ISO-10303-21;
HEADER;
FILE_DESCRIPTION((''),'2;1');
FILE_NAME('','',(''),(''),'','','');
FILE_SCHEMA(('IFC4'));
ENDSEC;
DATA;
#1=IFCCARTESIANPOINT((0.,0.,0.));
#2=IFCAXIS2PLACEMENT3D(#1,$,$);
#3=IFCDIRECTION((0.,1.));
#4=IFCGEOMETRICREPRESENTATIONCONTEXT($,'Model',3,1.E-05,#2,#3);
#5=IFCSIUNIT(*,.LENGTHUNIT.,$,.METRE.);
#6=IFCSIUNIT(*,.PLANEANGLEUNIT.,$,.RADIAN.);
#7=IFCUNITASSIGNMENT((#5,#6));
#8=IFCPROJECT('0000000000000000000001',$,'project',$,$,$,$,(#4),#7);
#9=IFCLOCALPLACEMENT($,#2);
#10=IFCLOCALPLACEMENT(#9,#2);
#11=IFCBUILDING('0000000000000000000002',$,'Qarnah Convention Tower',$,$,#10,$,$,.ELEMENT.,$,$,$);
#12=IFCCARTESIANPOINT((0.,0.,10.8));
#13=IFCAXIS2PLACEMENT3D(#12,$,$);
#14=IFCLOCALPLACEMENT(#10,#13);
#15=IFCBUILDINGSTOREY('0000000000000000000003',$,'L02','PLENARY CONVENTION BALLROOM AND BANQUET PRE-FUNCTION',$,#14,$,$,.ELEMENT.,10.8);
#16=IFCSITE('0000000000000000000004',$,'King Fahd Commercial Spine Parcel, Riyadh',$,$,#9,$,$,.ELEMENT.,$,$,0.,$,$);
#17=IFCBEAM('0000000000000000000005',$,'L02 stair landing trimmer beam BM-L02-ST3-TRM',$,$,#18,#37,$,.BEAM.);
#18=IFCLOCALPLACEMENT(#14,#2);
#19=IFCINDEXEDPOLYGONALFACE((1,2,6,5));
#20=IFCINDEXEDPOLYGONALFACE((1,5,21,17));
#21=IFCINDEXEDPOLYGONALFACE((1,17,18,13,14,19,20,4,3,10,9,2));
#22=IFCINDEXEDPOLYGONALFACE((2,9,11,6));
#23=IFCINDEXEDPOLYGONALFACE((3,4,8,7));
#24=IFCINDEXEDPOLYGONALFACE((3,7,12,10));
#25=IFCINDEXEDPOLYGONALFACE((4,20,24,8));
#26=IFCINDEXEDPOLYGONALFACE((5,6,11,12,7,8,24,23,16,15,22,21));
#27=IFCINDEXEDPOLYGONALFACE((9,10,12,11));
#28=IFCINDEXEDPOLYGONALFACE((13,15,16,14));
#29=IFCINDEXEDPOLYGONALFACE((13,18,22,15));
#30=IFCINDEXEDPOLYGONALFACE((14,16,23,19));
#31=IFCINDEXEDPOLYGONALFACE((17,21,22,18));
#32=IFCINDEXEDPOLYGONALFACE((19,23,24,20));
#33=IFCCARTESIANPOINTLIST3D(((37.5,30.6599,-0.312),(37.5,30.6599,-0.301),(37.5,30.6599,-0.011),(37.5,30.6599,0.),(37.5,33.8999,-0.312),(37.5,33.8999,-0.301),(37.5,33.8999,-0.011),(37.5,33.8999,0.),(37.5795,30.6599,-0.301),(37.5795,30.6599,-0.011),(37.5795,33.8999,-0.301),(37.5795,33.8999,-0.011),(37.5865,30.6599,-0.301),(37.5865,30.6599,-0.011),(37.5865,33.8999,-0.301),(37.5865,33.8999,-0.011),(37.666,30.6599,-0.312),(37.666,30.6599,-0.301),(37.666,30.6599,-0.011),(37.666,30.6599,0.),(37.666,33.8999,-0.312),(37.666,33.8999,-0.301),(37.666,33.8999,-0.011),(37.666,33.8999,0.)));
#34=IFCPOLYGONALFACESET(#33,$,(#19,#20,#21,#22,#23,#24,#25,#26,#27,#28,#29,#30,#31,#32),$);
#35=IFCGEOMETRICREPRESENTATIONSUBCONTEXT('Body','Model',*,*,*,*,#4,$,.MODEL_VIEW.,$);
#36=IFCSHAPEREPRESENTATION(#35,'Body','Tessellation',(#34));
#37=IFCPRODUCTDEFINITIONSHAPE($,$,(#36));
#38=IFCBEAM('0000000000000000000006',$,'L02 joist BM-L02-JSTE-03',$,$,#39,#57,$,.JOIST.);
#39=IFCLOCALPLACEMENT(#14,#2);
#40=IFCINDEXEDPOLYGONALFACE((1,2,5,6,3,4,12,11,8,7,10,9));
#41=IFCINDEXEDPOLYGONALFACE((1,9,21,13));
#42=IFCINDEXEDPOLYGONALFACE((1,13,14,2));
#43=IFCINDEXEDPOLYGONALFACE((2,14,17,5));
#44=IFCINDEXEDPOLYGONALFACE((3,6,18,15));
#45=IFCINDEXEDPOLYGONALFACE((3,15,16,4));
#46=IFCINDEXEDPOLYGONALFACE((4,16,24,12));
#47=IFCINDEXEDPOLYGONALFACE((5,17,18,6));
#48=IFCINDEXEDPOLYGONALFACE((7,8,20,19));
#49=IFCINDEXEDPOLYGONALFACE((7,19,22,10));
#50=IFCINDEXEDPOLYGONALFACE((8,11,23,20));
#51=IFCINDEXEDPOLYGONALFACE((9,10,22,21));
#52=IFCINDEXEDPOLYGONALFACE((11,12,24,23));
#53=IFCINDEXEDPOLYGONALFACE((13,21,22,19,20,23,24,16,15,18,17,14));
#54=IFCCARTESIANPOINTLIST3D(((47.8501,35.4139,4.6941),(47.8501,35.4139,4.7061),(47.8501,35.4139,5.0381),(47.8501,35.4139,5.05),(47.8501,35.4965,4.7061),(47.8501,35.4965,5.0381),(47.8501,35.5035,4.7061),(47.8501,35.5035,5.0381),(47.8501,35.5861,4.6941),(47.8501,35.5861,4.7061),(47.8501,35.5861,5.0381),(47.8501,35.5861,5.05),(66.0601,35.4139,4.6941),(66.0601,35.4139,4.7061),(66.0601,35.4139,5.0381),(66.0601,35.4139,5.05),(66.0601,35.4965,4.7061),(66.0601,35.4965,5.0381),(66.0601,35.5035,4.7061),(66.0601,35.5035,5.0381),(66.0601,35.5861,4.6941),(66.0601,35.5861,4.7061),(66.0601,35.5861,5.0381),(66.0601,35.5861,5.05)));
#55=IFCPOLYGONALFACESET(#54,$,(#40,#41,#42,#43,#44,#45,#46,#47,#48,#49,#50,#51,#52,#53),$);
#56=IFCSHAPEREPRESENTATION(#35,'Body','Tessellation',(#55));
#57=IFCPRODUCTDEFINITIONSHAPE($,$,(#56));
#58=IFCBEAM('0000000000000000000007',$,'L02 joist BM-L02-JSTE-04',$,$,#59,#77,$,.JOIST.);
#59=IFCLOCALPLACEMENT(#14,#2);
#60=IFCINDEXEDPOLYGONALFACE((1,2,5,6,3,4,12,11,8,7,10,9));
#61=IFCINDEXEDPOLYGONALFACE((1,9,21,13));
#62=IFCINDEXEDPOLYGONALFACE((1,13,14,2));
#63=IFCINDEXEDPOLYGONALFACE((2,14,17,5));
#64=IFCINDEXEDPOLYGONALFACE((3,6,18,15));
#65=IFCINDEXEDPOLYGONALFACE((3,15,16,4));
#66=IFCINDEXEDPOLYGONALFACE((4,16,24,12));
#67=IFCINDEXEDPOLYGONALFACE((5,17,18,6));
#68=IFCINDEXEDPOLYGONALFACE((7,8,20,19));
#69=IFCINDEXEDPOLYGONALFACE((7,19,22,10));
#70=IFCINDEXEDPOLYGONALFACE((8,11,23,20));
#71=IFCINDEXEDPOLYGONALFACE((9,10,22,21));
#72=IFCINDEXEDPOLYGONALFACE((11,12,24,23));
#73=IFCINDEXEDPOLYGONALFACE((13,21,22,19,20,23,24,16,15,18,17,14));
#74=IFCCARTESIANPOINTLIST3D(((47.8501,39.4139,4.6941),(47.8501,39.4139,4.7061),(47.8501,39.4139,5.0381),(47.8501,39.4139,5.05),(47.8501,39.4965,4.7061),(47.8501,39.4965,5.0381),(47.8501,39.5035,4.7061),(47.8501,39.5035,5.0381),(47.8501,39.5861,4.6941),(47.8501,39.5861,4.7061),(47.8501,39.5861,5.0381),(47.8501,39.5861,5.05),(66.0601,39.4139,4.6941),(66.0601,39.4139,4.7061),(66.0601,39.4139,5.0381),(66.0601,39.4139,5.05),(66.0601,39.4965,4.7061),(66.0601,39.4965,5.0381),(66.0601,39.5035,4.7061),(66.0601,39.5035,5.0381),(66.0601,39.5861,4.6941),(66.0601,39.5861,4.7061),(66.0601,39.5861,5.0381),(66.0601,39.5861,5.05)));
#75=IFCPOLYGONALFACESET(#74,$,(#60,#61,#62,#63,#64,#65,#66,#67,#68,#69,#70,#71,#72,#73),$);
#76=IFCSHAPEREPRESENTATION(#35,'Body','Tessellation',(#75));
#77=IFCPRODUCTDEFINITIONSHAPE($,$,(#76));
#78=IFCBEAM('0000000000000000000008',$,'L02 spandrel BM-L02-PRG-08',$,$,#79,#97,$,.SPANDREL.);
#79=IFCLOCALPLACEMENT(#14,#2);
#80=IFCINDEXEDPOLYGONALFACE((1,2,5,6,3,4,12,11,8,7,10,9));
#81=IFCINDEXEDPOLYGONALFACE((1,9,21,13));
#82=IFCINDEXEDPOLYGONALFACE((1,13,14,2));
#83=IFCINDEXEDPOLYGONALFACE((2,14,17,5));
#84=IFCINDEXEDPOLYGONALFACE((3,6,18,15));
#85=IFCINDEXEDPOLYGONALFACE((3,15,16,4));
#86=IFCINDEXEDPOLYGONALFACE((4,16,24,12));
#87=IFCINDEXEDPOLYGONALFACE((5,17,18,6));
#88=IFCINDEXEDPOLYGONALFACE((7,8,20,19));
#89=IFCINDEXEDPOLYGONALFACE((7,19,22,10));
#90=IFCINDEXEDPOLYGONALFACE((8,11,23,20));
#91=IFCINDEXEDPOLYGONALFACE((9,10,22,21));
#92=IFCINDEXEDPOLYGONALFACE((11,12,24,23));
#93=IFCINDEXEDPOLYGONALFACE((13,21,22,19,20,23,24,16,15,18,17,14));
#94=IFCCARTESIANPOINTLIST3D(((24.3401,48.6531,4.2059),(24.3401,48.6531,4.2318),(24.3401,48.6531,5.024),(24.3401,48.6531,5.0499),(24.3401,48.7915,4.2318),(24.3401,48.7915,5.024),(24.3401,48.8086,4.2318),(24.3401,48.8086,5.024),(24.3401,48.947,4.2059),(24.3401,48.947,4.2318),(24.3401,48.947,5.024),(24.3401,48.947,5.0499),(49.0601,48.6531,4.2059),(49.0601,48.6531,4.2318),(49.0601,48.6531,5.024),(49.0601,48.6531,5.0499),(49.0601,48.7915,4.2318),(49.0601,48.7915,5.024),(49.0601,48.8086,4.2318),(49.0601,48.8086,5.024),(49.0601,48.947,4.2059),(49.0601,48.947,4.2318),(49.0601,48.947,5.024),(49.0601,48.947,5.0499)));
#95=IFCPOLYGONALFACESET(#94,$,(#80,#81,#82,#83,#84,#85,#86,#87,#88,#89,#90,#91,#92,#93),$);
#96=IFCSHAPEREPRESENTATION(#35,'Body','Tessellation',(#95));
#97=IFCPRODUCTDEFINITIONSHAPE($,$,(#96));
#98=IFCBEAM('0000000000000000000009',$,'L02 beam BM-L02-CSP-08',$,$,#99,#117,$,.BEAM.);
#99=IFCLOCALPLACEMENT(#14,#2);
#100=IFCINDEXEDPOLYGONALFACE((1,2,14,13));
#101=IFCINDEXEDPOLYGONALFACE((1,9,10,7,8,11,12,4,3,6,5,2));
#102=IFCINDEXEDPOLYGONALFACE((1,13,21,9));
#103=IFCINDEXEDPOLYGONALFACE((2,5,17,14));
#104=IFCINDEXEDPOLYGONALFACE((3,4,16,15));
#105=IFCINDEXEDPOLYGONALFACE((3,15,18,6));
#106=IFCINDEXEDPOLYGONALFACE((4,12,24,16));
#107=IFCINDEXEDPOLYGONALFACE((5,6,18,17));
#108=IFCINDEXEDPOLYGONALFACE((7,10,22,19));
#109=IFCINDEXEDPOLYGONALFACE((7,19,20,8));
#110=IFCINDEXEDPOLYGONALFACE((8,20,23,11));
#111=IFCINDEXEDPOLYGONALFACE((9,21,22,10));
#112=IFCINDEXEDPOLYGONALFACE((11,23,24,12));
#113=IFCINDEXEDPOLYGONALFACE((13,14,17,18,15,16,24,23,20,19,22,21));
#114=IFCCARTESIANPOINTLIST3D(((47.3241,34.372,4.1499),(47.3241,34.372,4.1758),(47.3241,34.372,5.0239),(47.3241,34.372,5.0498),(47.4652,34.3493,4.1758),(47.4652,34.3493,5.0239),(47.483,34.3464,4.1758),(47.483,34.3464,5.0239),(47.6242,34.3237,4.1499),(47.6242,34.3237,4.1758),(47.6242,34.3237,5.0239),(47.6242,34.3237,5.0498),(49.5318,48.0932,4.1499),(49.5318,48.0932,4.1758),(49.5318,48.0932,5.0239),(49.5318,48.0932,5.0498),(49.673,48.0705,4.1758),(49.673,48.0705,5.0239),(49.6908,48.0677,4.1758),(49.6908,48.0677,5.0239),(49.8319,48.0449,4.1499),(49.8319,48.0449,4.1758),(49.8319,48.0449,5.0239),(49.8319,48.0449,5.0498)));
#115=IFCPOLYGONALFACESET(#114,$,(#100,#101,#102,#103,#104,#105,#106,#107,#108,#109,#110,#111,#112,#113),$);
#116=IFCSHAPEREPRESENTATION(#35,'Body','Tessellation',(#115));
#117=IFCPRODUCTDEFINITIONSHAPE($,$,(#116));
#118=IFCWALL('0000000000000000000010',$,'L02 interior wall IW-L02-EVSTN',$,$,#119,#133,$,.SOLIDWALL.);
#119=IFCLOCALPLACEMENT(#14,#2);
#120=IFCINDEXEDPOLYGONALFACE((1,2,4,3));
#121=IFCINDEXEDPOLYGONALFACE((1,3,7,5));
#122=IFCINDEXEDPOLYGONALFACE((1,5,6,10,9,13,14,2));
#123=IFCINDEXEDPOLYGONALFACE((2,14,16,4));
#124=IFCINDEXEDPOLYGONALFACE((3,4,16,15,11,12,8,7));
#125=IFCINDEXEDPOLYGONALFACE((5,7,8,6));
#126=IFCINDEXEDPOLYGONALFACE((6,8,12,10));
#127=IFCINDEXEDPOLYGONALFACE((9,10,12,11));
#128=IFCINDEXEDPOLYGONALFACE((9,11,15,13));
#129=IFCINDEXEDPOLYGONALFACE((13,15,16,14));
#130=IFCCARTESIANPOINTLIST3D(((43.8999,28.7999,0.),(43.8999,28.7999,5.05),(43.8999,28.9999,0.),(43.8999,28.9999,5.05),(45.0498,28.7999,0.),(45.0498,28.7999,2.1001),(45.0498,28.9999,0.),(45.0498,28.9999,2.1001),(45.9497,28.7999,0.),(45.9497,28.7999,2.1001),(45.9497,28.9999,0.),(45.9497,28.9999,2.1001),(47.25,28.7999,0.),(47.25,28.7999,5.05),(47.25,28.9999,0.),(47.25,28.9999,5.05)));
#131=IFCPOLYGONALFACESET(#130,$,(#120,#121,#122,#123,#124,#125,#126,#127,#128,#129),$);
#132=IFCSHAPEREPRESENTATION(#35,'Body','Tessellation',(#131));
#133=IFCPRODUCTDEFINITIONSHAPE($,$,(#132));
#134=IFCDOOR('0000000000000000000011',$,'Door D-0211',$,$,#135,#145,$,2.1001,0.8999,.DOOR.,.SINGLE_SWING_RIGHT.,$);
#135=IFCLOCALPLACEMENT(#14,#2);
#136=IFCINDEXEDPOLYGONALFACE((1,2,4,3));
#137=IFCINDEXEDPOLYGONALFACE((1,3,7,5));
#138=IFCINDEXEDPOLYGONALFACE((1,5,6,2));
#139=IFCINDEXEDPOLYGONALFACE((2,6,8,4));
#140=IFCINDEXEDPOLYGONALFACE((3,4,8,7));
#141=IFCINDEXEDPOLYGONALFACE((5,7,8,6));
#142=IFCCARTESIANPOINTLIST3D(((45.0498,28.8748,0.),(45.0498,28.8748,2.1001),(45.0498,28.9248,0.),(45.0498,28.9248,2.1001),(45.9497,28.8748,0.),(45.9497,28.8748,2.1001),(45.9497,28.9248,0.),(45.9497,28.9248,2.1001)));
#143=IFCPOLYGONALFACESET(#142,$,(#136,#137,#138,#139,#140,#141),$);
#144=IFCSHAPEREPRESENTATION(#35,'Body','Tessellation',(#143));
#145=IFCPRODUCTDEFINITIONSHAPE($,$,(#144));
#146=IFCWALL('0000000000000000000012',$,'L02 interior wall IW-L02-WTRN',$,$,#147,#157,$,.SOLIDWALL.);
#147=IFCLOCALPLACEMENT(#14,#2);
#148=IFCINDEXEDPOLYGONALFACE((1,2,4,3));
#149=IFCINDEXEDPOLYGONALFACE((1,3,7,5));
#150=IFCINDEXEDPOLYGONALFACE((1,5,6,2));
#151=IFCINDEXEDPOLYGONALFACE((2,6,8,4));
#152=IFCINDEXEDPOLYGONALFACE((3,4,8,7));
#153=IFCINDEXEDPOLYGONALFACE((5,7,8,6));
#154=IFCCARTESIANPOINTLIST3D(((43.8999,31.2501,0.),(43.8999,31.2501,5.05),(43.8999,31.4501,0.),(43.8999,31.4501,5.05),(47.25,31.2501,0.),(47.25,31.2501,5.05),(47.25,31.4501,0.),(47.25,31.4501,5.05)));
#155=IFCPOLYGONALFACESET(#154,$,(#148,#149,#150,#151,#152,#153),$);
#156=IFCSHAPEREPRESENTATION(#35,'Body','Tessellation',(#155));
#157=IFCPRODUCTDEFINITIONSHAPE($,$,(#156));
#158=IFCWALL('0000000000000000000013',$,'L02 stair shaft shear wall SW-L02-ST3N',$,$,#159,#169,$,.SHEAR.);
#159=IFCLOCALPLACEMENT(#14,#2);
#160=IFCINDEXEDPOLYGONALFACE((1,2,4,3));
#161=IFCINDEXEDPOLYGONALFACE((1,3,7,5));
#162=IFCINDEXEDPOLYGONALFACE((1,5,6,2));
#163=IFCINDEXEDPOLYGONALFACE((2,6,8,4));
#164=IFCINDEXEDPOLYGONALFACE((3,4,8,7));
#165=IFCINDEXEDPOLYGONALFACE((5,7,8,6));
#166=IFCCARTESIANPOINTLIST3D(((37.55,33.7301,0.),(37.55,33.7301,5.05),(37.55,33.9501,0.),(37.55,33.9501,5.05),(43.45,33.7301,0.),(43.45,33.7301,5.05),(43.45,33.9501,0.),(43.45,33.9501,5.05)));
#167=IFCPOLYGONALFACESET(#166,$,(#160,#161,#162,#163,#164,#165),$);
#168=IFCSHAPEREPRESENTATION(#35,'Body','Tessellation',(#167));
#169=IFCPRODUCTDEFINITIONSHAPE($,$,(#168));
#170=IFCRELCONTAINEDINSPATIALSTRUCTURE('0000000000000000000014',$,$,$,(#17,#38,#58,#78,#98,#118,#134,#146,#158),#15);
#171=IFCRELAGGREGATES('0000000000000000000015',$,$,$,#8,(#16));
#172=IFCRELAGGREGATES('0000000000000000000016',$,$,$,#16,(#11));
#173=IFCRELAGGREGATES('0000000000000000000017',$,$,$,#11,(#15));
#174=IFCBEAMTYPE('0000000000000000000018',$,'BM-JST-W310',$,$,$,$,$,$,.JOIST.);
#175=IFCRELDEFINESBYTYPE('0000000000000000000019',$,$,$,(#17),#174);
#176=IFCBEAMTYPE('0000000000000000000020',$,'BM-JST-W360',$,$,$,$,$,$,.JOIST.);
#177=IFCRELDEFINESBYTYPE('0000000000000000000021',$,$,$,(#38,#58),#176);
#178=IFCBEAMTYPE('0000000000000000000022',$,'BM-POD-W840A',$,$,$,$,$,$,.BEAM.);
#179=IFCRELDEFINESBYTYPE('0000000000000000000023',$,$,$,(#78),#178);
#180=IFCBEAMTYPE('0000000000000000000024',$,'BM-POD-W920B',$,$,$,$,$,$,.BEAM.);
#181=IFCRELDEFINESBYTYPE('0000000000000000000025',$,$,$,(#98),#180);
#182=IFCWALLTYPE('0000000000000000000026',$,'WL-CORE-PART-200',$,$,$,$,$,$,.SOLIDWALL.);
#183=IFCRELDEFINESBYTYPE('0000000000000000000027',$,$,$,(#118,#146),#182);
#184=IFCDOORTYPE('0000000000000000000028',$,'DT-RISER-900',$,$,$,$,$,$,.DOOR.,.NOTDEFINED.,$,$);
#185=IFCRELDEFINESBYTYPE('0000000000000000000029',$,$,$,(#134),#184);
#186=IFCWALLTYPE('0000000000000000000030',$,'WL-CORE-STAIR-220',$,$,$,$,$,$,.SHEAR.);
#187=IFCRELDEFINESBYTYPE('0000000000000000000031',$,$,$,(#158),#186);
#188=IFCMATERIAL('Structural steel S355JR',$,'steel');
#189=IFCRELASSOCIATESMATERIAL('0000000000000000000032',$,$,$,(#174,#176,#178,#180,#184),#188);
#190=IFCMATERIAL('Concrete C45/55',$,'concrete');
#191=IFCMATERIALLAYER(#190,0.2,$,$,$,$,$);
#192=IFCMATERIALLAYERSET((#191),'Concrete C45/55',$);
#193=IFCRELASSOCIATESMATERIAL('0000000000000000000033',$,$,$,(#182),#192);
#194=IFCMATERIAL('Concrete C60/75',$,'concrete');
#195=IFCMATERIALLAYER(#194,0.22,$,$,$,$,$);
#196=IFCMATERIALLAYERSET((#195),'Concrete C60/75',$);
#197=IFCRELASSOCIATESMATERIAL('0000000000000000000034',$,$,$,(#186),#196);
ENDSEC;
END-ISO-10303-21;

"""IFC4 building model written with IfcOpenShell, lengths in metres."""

from ifc_helpers import new_model, si_unit, direction, frame, frame_2d, origin, origin_2d, place, context, subcontext, project, spatial, rectangle, i_section, extrude, material, layer, layer_set, material_profile, profile_set, type_object, element, fill, save


model = new_model("IFC4")

# Units and contexts
model_context = context("Model", 3, precision=1e-05, world=origin(), true_north=direction((0.0, 1.0)))
body_context = subcontext(model_context, "Body", "Model", "MODEL_VIEW")
ifc_project = project(units=[si_unit("LENGTHUNIT", "METRE"), si_unit("PLANEANGLEUNIT", "RADIAN")], contexts=[model_context])

# Site, building, storey
site_placement = place(None, origin())
site = spatial("IfcSite", under=ifc_project, at=site_placement, Name="King Fahd Commercial Spine Parcel, Riyadh", CompositionType="ELEMENT", RefElevation=0.0)
building_placement = place(site_placement, origin())
building = spatial("IfcBuilding", under=site, at=building_placement, Name="Qarnah Convention Tower", CompositionType="ELEMENT")
storey_placement = place(building_placement, frame((0.0, 0.0, 10.8)))
storey = spatial("IfcBuildingStorey", under=building, at=storey_placement, Name="L02", Description="PLENARY CONVENTION BALLROOM AND BANQUET PRE-FUNCTION", CompositionType="ELEMENT", Elevation=10.8)

# Beams
ifc_material_1 = material(Name="Structural steel S355JR", Category="steel")
ifc_material_profile_1 = material_profile(ifc_material_1, i_section(OverallWidth=0.166, OverallDepth=0.312, WebThickness=0.0071, FlangeThickness=0.011, at=origin_2d()), Name="W310X45")
ifc_profile_set_1 = profile_set([ifc_material_profile_1], Name="Structural steel S355JR")
beam_type_1 = type_object("IfcBeamType", Name="BM-JST-W310", PredefinedType="JOIST", material=ifc_profile_set_1)
beam_1_placement = place(storey_placement, frame((37.583, 30.6599, -0.156), z_axis=(0.0, 1.0, 0.0), x_axis=(-1.0, 0.0, 0.0)))
element("IfcBeam", 1, at=beam_1_placement, inside=storey, type_object=beam_type_1, Name="L02 stair landing trimmer beam BM-L02-ST3-TRM", PredefinedType="BEAM", context=body_context, shape_type="SweptSolid", body=[
    extrude(i_section(OverallWidth=0.166, OverallDepth=0.312, WebThickness=0.0071, FlangeThickness=0.011, at=origin_2d()), origin(), (0.0, 0.0, 1.0), 3.24),
])
ifc_material_profile_2 = material_profile(ifc_material_1, i_section(OverallWidth=0.1721, OverallDepth=0.356, WebThickness=0.0071, FlangeThickness=0.012, at=origin_2d()), Name="W360X51")
ifc_profile_set_2 = profile_set([ifc_material_profile_2], Name="Structural steel S355JR")
beam_type_2 = type_object("IfcBeamType", Name="BM-JST-W360", PredefinedType="JOIST", material=ifc_profile_set_2)
for number, where, z_axis, x_axis, name in (
    (2, (47.8501, 35.5, 4.8721), (1.0, 0.0, 0.0), (0.0, 1.0, 0.0), "L02 joist BM-L02-JSTE-03"),
    (3, (47.8501, 39.5, 4.8721), (1.0, 0.0, 0.0), (0.0, 1.0, 0.0), "L02 joist BM-L02-JSTE-04"),
):
    element("IfcBeam", number, at=place(storey_placement, frame(where, z_axis=z_axis, x_axis=x_axis)), inside=storey, type_object=beam_type_2, Name=name, PredefinedType="JOIST", context=body_context, shape_type="SweptSolid", body=[
        extrude(i_section(OverallWidth=0.1721, OverallDepth=0.356, WebThickness=0.0071, FlangeThickness=0.012, at=origin_2d()), origin(), (0.0, 0.0, 1.0), 18.21),
    ])
ifc_material_profile_3 = material_profile(ifc_material_1, i_section(OverallWidth=0.2939, OverallDepth=0.844, WebThickness=0.0171, FlangeThickness=0.0259, at=origin_2d()), Name="W840X251")
ifc_profile_set_3 = profile_set([ifc_material_profile_3], Name="Structural steel S355JR")
beam_type_3 = type_object("IfcBeamType", Name="BM-POD-W840A", PredefinedType="BEAM", material=ifc_profile_set_3)
beam_2_placement = place(storey_placement, frame((49.0601, 48.8, 4.6279), z_axis=(-1.0, 0.0, 0.0), x_axis=(0.0, -1.0, 0.0)))
element("IfcBeam", 4, at=beam_2_placement, inside=storey, type_object=beam_type_3, Name="L02 spandrel BM-L02-PRG-08", PredefinedType="SPANDREL", context=body_context, shape_type="SweptSolid", body=[
    extrude(i_section(OverallWidth=0.2939, OverallDepth=0.844, WebThickness=0.0171, FlangeThickness=0.0259, at=origin_2d()), origin(), (0.0, 0.0, 1.0), 24.72),
])
ifc_material_profile_4 = material_profile(ifc_material_1, i_section(OverallWidth=0.304, OverallDepth=0.8999, WebThickness=0.0181, FlangeThickness=0.0259, at=origin_2d()), Name="W920X271")
ifc_profile_set_4 = profile_set([ifc_material_profile_4], Name="Structural steel S355JR")
beam_type_4 = type_object("IfcBeamType", Name="BM-POD-W920B", PredefinedType="BEAM", material=ifc_profile_set_4)
beam_3_placement = place(storey_placement, frame((49.6819, 48.0691, 4.5999), z_axis=(-0.158859, -0.987301, 0.0), x_axis=(0.987301, -0.158859, 0.0)))
element("IfcBeam", 5, at=beam_3_placement, inside=storey, type_object=beam_type_4, Name="L02 beam BM-L02-CSP-08", PredefinedType="BEAM", context=body_context, shape_type="SweptSolid", body=[
    extrude(i_section(OverallWidth=0.304, OverallDepth=0.8999, WebThickness=0.0181, FlangeThickness=0.0259, at=origin_2d()), origin(), (0.0, 0.0, 1.0), 13.8977),
])

# Wall, opening, door
ifc_material_2 = material(Name="Concrete C45/55", Category="concrete")
ifc_layer_1 = layer(ifc_material_2, 0.2)
ifc_layer_set_1 = layer_set([ifc_layer_1], Name="Concrete C45/55")
wall_type_1 = type_object("IfcWallType", Name="WL-CORE-PART-200", PredefinedType="SOLIDWALL", material=ifc_layer_set_1)
wall_1_placement = place(storey_placement, frame((43.8999, 28.8999, 0.0), z_axis=(0.0, 0.0, 1.0), x_axis=(1.0, 0.0, 0.0)))
wall_1 = element("IfcWall", 6, at=wall_1_placement, inside=storey, type_object=wall_type_1, Name="L02 interior wall IW-L02-EVSTN", PredefinedType="SOLIDWALL", context=body_context, shape_type="SweptSolid", body=[
    extrude(rectangle(XDim=3.3501, YDim=0.2, at=frame_2d((1.675, 0.0))), origin(), (0.0, 0.0, 1.0), 5.05),
])
opening_1_placement = place(wall_1_placement, frame((1.1499, 0.0, 0.0)))
opening_1 = element("IfcOpeningElement", 7, at=opening_1_placement, cuts=wall_1, PredefinedType="OPENING", context=body_context, shape_type="SweptSolid", body=[
    extrude(rectangle(XDim=0.8999, YDim=2.1001, at=frame_2d((0.45, 1.05))), frame((0.0, 0.1099, 0.0), z_axis=(0.0, -1.0, 0.0), x_axis=(1.0, 0.0, 0.0)), (0.0, 0.0, 1.0), 0.22),
])
door_type_1 = type_object("IfcDoorType", Name="DT-RISER-900", OperationType="NOTDEFINED", PredefinedType="DOOR", material=ifc_material_1)
door_1_placement = place(opening_1_placement, origin())
door_1 = element("IfcDoor", 8, at=door_1_placement, inside=storey, type_object=door_type_1, Name="Door D-0211", OperationType="SINGLE_SWING_RIGHT", OverallHeight=2.1001, OverallWidth=0.8999, PredefinedType="DOOR", context=body_context, shape_type="SweptSolid", body=[
    extrude(rectangle(XDim=0.8999, YDim=2.1001, at=frame_2d((0.45, 1.05))), frame((0.0, 0.0249, 0.0), z_axis=(0.0, -1.0, 0.0), x_axis=(1.0, 0.0, 0.0)), (0.0, 0.0, 1.0), 0.05),
])
fill(opening_1, door_1)

# Walls
wall_2_placement = place(storey_placement, frame((43.8999, 31.3501, 0.0), z_axis=(0.0, 0.0, 1.0), x_axis=(1.0, 0.0, 0.0)))
element("IfcWall", 9, at=wall_2_placement, inside=storey, type_object=wall_type_1, Name="L02 interior wall IW-L02-WTRN", PredefinedType="SOLIDWALL", context=body_context, shape_type="SweptSolid", body=[
    extrude(rectangle(XDim=3.3501, YDim=0.2, at=frame_2d((1.675, 0.0))), origin(), (0.0, 0.0, 1.0), 5.05),
])
ifc_material_3 = material(Name="Concrete C60/75", Category="concrete")
ifc_layer_2 = layer(ifc_material_3, 0.22)
ifc_layer_set_2 = layer_set([ifc_layer_2], Name="Concrete C60/75")
wall_type_2 = type_object("IfcWallType", Name="WL-CORE-STAIR-220", PredefinedType="SHEAR", material=ifc_layer_set_2)
wall_3_placement = place(storey_placement, frame((37.55, 33.8401, 0.0), z_axis=(0.0, 0.0, 1.0), x_axis=(1.0, 0.0, 0.0)))
element("IfcWall", 10, at=wall_3_placement, inside=storey, type_object=wall_type_2, Name="L02 stair shaft shear wall SW-L02-ST3N", PredefinedType="SHEAR", context=body_context, shape_type="SweptSolid", body=[
    extrude(rectangle(XDim=5.8999, YDim=0.22, at=frame_2d((2.95, 0.0))), origin(), (0.0, 0.0, 1.0), 5.05),
])

save(model, "model.ifc")
